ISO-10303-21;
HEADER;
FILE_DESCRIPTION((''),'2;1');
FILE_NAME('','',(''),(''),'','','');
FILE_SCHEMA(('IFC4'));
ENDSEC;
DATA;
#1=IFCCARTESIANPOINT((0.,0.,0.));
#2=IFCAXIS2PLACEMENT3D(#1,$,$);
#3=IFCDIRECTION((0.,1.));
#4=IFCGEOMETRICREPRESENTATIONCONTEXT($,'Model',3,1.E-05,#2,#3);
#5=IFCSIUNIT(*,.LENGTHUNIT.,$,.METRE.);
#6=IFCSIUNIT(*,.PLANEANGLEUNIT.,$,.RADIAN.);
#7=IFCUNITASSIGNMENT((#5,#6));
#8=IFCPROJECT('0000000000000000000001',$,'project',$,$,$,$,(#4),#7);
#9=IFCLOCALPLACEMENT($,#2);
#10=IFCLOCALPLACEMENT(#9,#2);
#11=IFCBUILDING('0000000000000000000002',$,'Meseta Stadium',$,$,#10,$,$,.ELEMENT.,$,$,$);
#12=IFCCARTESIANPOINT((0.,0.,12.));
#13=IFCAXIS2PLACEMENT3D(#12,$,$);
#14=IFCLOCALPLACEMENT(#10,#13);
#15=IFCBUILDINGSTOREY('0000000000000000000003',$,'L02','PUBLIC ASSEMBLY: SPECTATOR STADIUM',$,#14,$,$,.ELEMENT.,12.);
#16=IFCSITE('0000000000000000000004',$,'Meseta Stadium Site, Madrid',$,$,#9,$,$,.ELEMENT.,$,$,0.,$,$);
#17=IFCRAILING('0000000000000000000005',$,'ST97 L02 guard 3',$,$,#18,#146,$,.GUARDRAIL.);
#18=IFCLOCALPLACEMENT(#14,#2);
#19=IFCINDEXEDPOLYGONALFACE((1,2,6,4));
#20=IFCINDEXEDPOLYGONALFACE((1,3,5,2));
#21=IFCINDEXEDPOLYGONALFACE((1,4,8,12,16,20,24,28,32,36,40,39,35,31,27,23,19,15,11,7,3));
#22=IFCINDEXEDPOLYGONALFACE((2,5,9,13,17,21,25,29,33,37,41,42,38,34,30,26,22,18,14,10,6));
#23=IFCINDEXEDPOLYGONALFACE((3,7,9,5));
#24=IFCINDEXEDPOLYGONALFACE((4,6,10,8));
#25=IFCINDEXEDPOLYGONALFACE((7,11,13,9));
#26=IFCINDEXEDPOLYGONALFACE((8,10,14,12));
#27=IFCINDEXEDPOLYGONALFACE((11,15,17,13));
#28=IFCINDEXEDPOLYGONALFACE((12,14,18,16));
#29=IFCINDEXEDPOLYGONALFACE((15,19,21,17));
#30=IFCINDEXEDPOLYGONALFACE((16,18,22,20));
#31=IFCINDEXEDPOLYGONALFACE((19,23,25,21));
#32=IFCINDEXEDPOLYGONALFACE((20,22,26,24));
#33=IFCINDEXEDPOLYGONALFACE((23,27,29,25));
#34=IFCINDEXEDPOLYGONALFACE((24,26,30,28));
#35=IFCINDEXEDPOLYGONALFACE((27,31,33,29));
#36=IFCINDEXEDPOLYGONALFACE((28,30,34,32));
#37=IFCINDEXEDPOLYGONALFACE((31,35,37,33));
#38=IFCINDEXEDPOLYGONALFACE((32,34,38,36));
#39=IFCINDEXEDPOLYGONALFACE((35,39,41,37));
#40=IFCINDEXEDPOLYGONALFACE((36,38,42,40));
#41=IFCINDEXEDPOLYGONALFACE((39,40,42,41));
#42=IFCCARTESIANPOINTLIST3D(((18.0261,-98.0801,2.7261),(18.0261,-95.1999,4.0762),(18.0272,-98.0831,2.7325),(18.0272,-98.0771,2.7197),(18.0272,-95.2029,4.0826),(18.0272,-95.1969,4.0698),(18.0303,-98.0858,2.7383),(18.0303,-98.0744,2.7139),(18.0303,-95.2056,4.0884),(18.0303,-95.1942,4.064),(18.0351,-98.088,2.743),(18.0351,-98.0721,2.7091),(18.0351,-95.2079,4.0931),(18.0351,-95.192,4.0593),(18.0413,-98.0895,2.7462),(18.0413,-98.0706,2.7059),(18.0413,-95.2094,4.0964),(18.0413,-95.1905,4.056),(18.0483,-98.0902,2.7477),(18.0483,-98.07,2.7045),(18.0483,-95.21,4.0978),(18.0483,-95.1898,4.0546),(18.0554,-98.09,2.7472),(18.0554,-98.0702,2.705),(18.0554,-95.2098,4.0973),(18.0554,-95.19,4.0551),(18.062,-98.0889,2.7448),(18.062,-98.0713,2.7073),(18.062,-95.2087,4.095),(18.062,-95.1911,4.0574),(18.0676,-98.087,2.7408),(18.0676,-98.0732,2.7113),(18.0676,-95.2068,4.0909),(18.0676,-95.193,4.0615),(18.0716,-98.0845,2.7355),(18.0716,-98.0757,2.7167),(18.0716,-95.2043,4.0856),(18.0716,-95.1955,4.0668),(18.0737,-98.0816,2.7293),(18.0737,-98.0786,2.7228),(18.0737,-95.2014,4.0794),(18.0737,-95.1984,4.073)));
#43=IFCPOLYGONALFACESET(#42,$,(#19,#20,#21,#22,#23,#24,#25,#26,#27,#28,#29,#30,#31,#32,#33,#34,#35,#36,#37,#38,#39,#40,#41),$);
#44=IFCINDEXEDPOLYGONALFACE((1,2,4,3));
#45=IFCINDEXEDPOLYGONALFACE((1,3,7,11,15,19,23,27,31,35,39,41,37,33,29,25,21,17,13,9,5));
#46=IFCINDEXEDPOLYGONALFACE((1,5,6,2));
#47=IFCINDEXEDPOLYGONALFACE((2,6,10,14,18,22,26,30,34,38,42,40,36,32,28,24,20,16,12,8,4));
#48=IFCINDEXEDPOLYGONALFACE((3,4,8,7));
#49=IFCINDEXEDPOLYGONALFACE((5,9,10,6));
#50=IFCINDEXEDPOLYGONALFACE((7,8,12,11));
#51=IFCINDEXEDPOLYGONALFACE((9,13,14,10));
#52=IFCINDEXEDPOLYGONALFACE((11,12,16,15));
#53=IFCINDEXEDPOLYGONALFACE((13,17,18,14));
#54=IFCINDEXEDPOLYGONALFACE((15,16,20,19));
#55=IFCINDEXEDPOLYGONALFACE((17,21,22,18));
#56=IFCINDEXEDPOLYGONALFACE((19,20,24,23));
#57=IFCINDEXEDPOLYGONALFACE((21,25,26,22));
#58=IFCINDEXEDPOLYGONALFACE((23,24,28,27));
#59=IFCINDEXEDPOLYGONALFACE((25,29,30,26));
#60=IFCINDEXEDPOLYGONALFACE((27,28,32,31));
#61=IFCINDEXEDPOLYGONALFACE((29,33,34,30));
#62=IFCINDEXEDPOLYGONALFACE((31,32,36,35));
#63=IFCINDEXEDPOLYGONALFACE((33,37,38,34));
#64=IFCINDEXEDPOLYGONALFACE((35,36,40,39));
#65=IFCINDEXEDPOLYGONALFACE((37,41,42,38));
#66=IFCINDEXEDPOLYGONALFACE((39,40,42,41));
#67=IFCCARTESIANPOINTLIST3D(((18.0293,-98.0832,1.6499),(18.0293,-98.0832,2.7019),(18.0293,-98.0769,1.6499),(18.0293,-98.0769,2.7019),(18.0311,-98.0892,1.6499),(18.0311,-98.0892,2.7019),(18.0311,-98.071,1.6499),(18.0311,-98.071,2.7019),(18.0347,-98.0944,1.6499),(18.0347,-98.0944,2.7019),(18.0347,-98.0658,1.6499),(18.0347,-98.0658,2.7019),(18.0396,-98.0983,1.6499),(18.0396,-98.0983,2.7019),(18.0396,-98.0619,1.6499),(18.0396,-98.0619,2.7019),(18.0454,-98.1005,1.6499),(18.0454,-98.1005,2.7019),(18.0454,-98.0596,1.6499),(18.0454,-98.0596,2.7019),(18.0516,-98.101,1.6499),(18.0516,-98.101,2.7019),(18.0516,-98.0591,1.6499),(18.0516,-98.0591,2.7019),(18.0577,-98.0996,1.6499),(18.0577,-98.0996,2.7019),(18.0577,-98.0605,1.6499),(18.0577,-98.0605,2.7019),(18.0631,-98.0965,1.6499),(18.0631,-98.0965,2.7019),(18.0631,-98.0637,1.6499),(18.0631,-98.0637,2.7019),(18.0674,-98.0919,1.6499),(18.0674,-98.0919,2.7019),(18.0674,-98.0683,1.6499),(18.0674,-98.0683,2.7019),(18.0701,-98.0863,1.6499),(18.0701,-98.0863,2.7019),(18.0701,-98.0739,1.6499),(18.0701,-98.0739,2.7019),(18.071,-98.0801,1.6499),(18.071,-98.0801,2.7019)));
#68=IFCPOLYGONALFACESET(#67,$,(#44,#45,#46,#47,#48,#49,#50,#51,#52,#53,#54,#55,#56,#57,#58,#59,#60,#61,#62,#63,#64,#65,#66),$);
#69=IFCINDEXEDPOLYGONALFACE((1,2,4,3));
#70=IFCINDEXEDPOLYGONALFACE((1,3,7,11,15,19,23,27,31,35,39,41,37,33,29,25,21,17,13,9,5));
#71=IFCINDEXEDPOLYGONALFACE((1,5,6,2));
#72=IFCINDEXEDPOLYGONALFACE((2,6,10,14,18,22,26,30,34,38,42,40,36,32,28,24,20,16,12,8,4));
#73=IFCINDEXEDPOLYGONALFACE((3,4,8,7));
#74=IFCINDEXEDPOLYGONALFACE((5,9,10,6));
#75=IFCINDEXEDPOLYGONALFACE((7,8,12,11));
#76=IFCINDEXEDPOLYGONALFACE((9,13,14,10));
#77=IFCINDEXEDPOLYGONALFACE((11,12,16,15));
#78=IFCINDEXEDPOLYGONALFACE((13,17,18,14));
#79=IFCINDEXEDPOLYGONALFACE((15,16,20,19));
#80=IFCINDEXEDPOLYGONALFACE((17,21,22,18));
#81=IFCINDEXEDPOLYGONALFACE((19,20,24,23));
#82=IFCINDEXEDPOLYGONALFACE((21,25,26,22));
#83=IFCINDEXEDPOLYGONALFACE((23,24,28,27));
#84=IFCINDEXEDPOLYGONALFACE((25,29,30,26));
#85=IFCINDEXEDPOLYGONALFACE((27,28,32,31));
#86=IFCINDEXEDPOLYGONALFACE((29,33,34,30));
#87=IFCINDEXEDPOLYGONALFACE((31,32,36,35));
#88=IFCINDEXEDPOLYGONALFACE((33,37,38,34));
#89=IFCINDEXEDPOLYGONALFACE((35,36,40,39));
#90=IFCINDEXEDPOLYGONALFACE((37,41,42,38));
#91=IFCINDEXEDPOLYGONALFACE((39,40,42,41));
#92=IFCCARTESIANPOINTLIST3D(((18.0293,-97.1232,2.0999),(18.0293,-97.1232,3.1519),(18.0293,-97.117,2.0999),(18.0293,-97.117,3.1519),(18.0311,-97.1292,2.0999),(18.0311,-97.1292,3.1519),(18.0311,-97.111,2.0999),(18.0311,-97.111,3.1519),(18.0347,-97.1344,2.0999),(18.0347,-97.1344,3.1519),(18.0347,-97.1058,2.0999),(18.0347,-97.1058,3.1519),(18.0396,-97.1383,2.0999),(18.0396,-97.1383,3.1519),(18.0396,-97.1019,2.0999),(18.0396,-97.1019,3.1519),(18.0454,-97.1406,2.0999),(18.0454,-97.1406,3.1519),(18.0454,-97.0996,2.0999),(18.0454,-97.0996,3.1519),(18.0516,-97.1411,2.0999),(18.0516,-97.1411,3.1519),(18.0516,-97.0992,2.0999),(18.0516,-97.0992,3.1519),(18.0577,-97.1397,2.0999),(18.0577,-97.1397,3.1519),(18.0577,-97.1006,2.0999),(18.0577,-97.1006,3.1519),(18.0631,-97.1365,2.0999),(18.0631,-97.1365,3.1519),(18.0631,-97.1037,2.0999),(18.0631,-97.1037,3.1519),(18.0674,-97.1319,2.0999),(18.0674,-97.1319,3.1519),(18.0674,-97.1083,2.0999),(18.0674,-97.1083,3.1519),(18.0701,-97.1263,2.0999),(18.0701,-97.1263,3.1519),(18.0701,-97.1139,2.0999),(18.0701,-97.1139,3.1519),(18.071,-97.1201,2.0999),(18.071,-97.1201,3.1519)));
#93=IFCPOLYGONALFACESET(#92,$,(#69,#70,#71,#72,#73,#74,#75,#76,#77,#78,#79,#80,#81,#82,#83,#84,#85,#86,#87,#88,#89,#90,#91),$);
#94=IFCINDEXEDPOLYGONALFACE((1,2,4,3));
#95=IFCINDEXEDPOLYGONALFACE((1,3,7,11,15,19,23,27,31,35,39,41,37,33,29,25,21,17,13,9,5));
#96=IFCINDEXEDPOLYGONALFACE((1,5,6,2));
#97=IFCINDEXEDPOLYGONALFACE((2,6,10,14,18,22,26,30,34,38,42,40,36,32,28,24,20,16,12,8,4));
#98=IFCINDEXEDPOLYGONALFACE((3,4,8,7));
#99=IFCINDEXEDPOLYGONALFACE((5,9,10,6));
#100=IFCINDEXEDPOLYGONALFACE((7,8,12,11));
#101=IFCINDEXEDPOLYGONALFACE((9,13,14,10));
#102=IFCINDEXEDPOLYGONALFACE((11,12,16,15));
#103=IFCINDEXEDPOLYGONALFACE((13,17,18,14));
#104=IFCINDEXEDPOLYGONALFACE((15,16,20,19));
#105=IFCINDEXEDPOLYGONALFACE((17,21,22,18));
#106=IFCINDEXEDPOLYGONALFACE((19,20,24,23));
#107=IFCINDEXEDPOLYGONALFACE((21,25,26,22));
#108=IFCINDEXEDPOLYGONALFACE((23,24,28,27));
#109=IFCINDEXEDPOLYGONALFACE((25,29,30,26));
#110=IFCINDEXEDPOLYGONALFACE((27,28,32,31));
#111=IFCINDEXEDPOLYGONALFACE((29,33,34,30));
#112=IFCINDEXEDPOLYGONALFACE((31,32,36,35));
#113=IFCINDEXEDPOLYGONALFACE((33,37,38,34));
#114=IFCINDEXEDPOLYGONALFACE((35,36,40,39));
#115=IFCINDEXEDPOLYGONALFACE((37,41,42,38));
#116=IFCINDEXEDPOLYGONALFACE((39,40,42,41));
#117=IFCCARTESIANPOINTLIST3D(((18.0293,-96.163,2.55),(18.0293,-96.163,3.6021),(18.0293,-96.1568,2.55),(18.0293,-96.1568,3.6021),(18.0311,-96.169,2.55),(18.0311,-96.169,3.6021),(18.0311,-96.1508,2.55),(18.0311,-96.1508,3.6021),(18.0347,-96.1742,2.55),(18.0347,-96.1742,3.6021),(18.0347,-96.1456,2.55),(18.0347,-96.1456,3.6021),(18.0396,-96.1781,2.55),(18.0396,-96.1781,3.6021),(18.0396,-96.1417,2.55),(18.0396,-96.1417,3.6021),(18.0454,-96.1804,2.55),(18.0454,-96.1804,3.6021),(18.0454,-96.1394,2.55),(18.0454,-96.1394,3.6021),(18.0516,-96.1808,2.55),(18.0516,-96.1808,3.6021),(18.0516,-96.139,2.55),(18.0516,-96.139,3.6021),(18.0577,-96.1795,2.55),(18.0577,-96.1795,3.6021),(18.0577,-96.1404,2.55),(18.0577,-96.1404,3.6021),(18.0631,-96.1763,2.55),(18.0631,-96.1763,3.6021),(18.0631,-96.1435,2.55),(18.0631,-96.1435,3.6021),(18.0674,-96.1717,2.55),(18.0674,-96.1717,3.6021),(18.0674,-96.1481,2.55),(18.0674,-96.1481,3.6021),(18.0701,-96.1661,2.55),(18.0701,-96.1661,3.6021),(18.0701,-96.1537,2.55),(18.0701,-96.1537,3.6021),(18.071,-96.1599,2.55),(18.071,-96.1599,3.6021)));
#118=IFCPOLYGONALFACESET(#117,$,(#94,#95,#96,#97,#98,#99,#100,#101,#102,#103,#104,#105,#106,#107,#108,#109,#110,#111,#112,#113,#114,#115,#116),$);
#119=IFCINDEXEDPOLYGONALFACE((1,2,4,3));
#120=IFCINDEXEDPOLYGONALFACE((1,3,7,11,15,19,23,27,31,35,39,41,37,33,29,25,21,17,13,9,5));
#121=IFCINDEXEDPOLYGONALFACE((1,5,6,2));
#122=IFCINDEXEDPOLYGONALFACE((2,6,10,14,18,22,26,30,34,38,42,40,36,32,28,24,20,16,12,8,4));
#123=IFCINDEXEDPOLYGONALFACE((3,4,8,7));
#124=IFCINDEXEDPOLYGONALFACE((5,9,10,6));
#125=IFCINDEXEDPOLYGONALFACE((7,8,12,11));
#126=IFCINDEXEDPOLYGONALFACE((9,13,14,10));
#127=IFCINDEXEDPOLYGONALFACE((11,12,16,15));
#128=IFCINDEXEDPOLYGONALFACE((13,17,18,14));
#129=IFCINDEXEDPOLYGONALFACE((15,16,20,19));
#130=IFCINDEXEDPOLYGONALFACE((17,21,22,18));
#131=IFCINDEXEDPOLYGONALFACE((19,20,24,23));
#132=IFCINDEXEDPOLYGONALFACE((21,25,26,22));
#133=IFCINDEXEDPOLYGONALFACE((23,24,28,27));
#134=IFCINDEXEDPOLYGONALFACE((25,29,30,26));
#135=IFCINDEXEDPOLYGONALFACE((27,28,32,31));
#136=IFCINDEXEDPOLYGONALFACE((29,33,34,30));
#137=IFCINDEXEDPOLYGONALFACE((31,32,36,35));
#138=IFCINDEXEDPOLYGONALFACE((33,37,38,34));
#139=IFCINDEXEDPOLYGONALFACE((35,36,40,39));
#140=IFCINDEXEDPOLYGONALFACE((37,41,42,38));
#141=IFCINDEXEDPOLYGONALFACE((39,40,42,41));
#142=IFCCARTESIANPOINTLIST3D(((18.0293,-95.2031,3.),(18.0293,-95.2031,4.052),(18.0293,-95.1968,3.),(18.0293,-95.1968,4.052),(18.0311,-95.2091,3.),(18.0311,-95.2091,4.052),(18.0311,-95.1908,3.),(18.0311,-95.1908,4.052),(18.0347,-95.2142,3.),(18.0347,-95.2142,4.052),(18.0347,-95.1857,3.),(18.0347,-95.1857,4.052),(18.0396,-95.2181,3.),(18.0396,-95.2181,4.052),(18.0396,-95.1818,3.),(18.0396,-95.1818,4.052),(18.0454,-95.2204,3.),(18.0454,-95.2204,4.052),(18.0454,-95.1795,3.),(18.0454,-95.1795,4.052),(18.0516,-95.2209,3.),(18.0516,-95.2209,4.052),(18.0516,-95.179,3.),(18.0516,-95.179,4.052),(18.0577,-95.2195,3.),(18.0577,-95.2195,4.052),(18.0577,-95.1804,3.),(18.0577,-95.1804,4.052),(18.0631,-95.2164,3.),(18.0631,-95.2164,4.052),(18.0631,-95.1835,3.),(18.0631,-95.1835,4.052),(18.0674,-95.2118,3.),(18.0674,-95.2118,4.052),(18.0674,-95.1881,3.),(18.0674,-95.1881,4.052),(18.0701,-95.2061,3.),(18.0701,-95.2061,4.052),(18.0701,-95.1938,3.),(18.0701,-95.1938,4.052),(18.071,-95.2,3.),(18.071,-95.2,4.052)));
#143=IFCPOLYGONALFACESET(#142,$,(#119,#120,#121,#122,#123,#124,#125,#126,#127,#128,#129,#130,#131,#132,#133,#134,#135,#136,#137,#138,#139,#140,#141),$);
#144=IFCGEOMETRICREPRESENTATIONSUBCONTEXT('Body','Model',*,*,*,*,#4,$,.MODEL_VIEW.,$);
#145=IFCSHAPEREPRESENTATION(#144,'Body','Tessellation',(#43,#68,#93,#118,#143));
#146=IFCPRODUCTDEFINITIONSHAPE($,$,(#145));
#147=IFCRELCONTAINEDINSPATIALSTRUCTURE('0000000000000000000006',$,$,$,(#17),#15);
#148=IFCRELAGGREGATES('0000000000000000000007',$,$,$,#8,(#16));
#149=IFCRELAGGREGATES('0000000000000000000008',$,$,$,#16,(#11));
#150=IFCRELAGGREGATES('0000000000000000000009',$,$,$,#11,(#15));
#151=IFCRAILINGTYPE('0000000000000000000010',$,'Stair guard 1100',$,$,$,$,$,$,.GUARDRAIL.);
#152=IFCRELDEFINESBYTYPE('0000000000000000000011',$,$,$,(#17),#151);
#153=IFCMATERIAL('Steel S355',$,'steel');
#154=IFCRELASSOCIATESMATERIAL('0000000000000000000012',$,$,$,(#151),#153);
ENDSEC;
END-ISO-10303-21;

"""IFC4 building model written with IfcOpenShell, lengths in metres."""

from ifc_helpers import new_model, si_unit, direction, frame, origin, origin_2d, place, context, subcontext, project, spatial, circle, extrude, material, type_object, element, save


model = new_model("IFC4")

# Units and contexts
model_context = context("Model", 3, precision=1e-05, world=origin(), true_north=direction((0.0, 1.0)))
body_context = subcontext(model_context, "Body", "Model", "MODEL_VIEW")
ifc_project = project(units=[si_unit("LENGTHUNIT", "METRE"), si_unit("PLANEANGLEUNIT", "RADIAN")], contexts=[model_context])

# Site, building, storey
site_placement = place(None, origin())
site = spatial("IfcSite", under=ifc_project, at=site_placement, Name="Meseta Stadium Site, Madrid", CompositionType="ELEMENT", RefElevation=0.0)
building_placement = place(site_placement, origin())
building = spatial("IfcBuilding", under=site, at=building_placement, Name="Meseta Stadium", CompositionType="ELEMENT")
storey_placement = place(building_placement, frame((0.0, 0.0, 12.0)))
storey = spatial("IfcBuildingStorey", under=building, at=storey_placement, Name="L02", Description="PUBLIC ASSEMBLY: SPECTATOR STADIUM", CompositionType="ELEMENT", Elevation=12.0)

# Railing
ifc_material_1 = material(Name="Steel S355", Category="steel")
railing_type_1 = type_object("IfcRailingType", Name="Stair guard 1100", PredefinedType="GUARDRAIL", material=ifc_material_1)
railing_1_placement = place(storey_placement, frame((18.05, -98.0801, 1.6499)))
element("IfcRailing", 1, at=railing_1_placement, inside=storey, type_object=railing_type_1, Name="ST97 L02 guard 3", PredefinedType="GUARDRAIL", context=body_context, shape_type="SweptSolid", body=[
    extrude(circle(Radius=0.0239, at=origin_2d()), frame((0.0, 0.0, 1.0762), z_axis=(0.0, 0.905454, 0.424444), x_axis=(-1.0, 0.0, 0.0)), (0.0, 0.0, 1.0), 3.1809),
    extrude(circle(Radius=0.021, at=origin_2d()), origin(), (0.0, 0.0, 1.0), 1.052),
    extrude(circle(Radius=0.021, at=origin_2d()), frame((0.0, 0.96, 0.45)), (0.0, 0.0, 1.0), 1.052),
    extrude(circle(Radius=0.021, at=origin_2d()), frame((0.0, 1.9202, 0.9001)), (0.0, 0.0, 1.0), 1.052),
    extrude(circle(Radius=0.021, at=origin_2d()), frame((0.0, 2.8801, 1.3501)), (0.0, 0.0, 1.0), 1.052),
])

save(model, "model.ifc")
